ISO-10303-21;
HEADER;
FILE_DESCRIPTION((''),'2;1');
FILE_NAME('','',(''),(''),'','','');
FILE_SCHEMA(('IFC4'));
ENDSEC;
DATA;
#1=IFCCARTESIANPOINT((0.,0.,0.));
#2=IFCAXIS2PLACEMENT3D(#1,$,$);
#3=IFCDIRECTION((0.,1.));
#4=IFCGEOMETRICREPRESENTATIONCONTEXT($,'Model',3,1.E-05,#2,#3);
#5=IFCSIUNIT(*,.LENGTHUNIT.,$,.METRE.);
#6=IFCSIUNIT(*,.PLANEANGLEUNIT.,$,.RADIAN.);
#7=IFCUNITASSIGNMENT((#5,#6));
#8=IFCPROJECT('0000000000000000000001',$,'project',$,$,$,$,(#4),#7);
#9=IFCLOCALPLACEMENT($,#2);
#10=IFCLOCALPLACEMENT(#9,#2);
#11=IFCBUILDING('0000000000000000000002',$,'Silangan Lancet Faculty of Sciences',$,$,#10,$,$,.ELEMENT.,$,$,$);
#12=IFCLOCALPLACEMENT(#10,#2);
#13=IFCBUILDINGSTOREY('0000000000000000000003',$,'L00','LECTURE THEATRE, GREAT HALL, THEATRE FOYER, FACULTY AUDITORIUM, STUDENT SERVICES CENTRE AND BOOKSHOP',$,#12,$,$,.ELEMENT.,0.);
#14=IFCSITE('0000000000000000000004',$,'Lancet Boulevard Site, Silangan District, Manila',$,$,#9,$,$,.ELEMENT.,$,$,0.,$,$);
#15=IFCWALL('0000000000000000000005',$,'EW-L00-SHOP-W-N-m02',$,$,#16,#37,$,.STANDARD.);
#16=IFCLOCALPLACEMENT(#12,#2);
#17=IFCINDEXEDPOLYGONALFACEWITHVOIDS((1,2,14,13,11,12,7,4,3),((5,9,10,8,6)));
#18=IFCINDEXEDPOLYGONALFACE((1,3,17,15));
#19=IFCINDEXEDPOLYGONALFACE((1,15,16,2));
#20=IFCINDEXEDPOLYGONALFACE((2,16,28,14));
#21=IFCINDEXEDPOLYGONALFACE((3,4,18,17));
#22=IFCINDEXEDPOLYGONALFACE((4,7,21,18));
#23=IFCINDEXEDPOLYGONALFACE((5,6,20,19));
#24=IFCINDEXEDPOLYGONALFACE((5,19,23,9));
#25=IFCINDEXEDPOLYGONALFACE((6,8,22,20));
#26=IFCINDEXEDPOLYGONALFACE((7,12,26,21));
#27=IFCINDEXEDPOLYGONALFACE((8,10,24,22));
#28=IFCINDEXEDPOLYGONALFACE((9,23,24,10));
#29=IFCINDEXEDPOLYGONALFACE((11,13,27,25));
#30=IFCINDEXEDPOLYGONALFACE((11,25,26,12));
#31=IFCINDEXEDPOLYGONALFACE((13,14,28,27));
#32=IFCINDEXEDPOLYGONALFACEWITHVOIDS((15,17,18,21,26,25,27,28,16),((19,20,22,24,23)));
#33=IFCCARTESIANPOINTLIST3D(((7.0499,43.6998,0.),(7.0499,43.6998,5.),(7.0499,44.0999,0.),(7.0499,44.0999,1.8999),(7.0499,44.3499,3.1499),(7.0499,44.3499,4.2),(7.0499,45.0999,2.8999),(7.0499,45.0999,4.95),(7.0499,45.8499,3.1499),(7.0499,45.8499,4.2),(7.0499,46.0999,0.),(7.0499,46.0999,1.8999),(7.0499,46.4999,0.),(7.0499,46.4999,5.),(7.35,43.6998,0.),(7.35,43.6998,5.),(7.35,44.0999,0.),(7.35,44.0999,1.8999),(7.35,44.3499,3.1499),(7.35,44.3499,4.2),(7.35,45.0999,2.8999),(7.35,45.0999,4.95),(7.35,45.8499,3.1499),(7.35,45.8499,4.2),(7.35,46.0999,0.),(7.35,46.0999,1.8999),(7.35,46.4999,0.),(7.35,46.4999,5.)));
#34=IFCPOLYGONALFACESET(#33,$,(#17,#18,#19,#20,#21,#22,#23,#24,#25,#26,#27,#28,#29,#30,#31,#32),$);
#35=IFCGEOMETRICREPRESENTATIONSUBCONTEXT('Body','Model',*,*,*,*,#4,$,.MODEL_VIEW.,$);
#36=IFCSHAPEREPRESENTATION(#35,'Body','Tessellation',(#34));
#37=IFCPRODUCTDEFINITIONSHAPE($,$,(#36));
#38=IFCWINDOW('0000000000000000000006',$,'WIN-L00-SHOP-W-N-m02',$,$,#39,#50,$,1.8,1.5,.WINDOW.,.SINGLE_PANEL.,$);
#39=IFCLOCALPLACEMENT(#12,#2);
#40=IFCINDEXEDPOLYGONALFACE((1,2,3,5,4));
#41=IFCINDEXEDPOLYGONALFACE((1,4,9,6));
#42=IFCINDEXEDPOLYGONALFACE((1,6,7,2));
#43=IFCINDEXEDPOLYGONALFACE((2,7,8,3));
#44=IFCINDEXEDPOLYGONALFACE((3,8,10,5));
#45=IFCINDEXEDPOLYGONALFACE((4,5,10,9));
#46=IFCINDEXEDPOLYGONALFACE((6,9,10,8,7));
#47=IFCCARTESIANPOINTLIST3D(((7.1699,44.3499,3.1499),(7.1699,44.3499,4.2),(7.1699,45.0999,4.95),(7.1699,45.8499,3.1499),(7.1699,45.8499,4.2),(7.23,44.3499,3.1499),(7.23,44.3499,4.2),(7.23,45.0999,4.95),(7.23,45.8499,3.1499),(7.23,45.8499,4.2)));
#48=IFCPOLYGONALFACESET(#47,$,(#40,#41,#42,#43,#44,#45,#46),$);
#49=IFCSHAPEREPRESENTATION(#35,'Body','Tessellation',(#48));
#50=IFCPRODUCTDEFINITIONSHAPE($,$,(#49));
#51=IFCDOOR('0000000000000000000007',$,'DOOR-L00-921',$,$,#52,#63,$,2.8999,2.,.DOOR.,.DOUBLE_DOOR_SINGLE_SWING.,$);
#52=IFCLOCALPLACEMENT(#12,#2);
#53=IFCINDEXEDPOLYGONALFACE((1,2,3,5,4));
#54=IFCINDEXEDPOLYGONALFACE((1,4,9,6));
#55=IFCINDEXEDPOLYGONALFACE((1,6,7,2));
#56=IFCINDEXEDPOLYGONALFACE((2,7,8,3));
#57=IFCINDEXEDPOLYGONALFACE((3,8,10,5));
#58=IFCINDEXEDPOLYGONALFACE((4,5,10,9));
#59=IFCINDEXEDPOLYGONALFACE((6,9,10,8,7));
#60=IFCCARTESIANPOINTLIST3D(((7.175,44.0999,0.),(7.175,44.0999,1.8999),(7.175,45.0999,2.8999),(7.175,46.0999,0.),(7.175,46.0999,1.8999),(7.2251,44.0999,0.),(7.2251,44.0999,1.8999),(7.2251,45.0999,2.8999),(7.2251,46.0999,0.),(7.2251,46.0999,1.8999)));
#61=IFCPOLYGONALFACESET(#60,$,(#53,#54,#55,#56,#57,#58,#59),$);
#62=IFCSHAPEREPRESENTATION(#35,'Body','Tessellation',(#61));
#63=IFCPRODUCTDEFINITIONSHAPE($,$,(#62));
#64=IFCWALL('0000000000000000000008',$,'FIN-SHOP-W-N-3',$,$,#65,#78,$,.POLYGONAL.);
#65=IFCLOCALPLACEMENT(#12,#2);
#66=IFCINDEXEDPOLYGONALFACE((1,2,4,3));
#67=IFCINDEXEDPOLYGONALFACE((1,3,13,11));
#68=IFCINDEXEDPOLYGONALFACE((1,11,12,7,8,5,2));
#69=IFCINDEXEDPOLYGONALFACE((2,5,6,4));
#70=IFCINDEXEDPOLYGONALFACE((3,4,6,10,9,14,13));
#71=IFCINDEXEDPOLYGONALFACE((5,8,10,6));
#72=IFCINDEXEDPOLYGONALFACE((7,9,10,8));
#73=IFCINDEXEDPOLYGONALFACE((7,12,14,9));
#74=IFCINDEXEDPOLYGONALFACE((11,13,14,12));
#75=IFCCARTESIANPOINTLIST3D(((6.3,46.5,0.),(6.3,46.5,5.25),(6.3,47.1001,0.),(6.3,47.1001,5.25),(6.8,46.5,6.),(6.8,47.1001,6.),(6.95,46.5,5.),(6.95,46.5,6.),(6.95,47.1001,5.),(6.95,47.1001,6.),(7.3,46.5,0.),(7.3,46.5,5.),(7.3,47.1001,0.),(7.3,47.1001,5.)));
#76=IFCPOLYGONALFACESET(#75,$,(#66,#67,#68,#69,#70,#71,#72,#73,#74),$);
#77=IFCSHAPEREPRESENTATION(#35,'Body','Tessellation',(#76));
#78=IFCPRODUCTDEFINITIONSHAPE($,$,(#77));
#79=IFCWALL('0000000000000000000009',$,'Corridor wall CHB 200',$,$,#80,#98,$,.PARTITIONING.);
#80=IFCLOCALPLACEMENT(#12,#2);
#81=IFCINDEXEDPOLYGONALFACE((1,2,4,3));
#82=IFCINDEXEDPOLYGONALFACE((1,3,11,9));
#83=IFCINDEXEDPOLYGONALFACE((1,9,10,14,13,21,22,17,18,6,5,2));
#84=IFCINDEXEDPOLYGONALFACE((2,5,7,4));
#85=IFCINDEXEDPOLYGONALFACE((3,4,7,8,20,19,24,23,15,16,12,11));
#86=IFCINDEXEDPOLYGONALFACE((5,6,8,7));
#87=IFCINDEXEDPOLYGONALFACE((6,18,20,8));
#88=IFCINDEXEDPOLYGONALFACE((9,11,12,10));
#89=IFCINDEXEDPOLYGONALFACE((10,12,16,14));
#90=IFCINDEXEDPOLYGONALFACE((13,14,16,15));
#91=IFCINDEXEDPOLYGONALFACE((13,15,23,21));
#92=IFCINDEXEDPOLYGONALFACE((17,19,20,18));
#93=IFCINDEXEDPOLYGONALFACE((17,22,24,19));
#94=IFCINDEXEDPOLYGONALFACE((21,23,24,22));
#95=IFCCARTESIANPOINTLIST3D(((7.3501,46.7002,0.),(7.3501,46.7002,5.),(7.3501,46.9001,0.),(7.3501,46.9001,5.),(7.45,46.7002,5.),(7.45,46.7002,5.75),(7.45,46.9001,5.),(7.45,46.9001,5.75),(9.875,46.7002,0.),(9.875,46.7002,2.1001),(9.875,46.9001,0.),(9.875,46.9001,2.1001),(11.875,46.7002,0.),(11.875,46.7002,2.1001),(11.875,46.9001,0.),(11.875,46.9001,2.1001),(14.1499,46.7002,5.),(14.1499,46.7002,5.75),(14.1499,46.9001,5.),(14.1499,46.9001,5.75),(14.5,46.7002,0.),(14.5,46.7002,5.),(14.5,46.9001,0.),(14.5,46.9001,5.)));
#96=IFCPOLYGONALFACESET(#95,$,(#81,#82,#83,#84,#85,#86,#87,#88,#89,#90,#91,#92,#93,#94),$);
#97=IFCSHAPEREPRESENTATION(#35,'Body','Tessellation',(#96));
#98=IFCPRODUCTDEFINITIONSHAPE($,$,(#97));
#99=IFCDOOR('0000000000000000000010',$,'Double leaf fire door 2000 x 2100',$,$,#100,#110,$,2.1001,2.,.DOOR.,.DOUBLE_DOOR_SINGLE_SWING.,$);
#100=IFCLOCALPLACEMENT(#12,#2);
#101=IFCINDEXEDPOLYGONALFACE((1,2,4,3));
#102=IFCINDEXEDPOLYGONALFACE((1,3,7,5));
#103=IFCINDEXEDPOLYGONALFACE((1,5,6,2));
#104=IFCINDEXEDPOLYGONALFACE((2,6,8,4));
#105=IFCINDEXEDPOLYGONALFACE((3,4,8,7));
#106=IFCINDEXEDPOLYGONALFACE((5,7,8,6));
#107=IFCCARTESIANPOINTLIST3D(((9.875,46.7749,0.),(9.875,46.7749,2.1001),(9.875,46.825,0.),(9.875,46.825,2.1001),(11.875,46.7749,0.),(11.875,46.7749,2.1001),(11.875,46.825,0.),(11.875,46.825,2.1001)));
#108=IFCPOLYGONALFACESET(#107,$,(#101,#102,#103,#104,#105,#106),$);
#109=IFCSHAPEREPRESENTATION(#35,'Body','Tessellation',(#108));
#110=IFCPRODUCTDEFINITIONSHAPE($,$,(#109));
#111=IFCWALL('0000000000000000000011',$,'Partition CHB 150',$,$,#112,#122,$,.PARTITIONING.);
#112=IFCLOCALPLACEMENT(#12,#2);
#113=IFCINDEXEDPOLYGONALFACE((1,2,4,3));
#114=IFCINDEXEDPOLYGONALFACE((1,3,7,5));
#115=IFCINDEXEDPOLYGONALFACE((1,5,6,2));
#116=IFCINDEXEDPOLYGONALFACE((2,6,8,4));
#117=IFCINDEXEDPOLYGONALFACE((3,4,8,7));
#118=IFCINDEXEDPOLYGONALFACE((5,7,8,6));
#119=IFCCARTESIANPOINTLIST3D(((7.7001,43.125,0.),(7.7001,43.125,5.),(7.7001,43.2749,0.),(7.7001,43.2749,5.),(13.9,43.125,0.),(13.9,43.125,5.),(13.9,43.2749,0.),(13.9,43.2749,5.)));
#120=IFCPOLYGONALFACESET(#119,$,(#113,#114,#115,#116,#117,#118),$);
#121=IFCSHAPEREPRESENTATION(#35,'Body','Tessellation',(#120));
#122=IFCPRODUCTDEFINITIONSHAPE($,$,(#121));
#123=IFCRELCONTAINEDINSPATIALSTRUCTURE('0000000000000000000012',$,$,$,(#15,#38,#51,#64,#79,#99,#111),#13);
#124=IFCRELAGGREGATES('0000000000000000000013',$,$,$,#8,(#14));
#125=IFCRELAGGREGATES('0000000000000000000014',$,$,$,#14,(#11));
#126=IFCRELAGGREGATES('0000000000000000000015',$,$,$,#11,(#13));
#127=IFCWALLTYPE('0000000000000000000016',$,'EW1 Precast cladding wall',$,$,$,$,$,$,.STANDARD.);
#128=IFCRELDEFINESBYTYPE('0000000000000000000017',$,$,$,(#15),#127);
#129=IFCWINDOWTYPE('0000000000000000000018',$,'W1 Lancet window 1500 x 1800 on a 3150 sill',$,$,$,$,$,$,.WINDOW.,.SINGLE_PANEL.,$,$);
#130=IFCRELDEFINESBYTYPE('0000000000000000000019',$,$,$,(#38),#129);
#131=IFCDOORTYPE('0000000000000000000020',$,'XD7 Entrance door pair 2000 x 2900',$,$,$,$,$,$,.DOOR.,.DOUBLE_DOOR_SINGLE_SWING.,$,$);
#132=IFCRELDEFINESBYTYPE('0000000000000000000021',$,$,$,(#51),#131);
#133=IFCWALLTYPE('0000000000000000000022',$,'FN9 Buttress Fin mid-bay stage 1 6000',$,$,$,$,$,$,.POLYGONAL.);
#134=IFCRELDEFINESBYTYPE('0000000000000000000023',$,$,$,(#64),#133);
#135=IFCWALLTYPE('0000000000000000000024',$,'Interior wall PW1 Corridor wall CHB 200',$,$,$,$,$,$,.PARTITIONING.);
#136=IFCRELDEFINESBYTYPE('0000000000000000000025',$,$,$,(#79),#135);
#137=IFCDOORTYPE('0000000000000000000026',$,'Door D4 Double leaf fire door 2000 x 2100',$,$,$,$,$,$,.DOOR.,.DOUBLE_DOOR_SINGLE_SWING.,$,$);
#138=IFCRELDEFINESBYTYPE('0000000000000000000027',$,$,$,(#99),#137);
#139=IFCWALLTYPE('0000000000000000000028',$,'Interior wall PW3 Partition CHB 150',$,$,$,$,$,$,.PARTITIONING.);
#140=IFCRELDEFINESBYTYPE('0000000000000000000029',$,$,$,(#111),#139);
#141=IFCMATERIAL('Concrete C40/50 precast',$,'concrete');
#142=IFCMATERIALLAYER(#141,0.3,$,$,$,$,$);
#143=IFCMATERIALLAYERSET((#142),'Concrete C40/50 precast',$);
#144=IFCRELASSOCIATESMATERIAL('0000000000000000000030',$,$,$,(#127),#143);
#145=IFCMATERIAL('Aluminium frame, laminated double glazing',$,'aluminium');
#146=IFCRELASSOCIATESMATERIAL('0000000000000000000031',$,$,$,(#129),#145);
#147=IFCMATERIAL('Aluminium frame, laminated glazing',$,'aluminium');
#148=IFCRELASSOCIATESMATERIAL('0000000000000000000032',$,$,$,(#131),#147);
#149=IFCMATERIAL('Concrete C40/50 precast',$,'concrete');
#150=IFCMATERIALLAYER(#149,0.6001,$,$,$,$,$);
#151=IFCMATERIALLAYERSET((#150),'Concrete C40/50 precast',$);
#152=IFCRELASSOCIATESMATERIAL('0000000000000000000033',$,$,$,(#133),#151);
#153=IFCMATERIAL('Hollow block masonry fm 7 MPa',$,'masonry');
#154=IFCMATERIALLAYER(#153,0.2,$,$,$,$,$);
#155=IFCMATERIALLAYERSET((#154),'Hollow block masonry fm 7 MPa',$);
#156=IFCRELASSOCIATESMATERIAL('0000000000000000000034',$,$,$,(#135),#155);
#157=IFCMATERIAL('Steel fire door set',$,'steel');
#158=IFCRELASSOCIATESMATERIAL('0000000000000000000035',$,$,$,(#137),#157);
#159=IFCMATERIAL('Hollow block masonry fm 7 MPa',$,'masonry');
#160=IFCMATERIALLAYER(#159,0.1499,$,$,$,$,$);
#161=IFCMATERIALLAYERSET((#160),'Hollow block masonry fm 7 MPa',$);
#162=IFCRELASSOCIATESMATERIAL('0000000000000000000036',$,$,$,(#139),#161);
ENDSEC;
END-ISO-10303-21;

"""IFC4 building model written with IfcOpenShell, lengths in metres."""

from ifc_helpers import new_model, si_unit, direction, frame, frame_2d, origin, place, context, subcontext, project, spatial, polyline, rectangle, outline, extrude, material, layer, layer_set, type_object, element, fill, save


model = new_model("IFC4")

# Units and contexts
model_context = context("Model", 3, precision=1e-05, world=origin(), true_north=direction((0.0, 1.0)))
body_context = subcontext(model_context, "Body", "Model", "MODEL_VIEW")
ifc_project = project(units=[si_unit("LENGTHUNIT", "METRE"), si_unit("PLANEANGLEUNIT", "RADIAN")], contexts=[model_context])

# Site, building, storey
site_placement = place(None, origin())
site = spatial("IfcSite", under=ifc_project, at=site_placement, Name="Lancet Boulevard Site, Silangan District, Manila", CompositionType="ELEMENT", RefElevation=0.0)
building_placement = place(site_placement, origin())
building = spatial("IfcBuilding", under=site, at=building_placement, Name="Silangan Lancet Faculty of Sciences", CompositionType="ELEMENT")
storey_placement = place(building_placement, origin())
storey = spatial("IfcBuildingStorey", under=building, at=storey_placement, Name="L00", Description="LECTURE THEATRE, GREAT HALL, THEATRE FOYER, FACULTY AUDITORIUM, STUDENT SERVICES CENTRE AND BOOKSHOP", CompositionType="ELEMENT", Elevation=0.0)

# Wall, openings, window, door
ifc_material_1 = material(Name="Concrete C40/50 precast", Category="concrete")
ifc_layer_1 = layer(ifc_material_1, 0.3)
ifc_layer_set_1 = layer_set([ifc_layer_1], Name="Concrete C40/50 precast")
wall_type_1 = type_object("IfcWallType", Name="EW1 Precast cladding wall", PredefinedType="STANDARD", material=ifc_layer_set_1)
wall_1_placement = place(storey_placement, frame((7.2, 43.7, 0.0), z_axis=(0.0, 0.0, 1.0), x_axis=(0.0, 1.0, 0.0)))
wall_1 = element("IfcWall", 1, at=wall_1_placement, inside=storey, type_object=wall_type_1, Name="EW-L00-SHOP-W-N-m02", PredefinedType="STANDARD", context=body_context, shape_type="SweptSolid", body=[
    extrude(rectangle(XDim=2.8, YDim=0.3, at=frame_2d((1.3999, 0.0))), origin(), (0.0, 0.0, 1.0), 5.0),
])
opening_1_placement = place(wall_1_placement, frame((0.3999, 0.0, 0.0)))
opening_1 = element("IfcOpeningElement", 2, at=opening_1_placement, cuts=wall_1, PredefinedType="OPENING", context=body_context, shape_type="SweptSolid", body=[
    extrude(outline(polyline([(0.0, 0.0), (2.0, 0.0), (2.0, 1.8999), (1.0, 2.8999), (0.0, 1.8999), (0.0, 0.0)])), frame((0.0, 0.1599, 0.0), z_axis=(0.0, -1.0, 0.0), x_axis=(1.0, 0.0, 0.0)), (0.0, 0.0, 1.0), 0.3201),
])
opening_2_placement = place(wall_1_placement, frame((0.6499, 0.0, 3.1499)))
opening_2 = element("IfcOpeningElement", 3, at=opening_2_placement, cuts=wall_1, PredefinedType="OPENING", context=body_context, shape_type="SweptSolid", body=[
    extrude(outline(polyline([(0.0, 0.0), (1.5, 0.0), (1.5, 1.05), (0.75, 1.8), (0.0, 1.05), (0.0, 0.0)])), frame((0.0, 0.1599, 0.0), z_axis=(0.0, -1.0, 0.0), x_axis=(1.0, 0.0, 0.0)), (0.0, 0.0, 1.0), 0.3201),
])
ifc_material_2 = material(Name="Aluminium frame, laminated double glazing", Category="aluminium")
window_type = type_object("IfcWindowType", Name="W1 Lancet window 1500 x 1800 on a 3150 sill", PartitioningType="SINGLE_PANEL", PredefinedType="WINDOW", material=ifc_material_2)
window_placement = place(opening_2_placement, origin())
window = element("IfcWindow", 4, at=window_placement, inside=storey, type_object=window_type, Name="WIN-L00-SHOP-W-N-m02", OverallHeight=1.8, OverallWidth=1.5, PartitioningType="SINGLE_PANEL", PredefinedType="WINDOW", context=body_context, shape_type="SweptSolid", body=[
    extrude(outline(polyline([(0.0, 0.0), (1.5, 0.0), (1.5, 1.05), (0.75, 1.8), (0.0, 1.05), (0.0, 0.0)])), frame((0.0, 0.03, 0.0), z_axis=(0.0, -1.0, 0.0), x_axis=(1.0, 0.0, 0.0)), (0.0, 0.0, 1.0), 0.0601),
])
fill(opening_2, window)
ifc_material_3 = material(Name="Aluminium frame, laminated glazing", Category="aluminium")
door_type_1 = type_object("IfcDoorType", Name="XD7 Entrance door pair 2000 x 2900", OperationType="DOUBLE_DOOR_SINGLE_SWING", PredefinedType="DOOR", material=ifc_material_3)
door_1_placement = place(opening_1_placement, origin())
door_1 = element("IfcDoor", 5, at=door_1_placement, inside=storey, type_object=door_type_1, Name="DOOR-L00-921", OperationType="DOUBLE_DOOR_SINGLE_SWING", OverallHeight=2.8999, OverallWidth=2.0, PredefinedType="DOOR", context=body_context, shape_type="SweptSolid", body=[
    extrude(outline(polyline([(0.0, 0.0), (2.0, 0.0), (2.0, 1.8999), (1.0, 2.8999), (0.0, 1.8999), (0.0, 0.0)])), frame((0.0, 0.0249, 0.0), z_axis=(0.0, -1.0, 0.0), x_axis=(1.0, 0.0, 0.0)), (0.0, 0.0, 1.0), 0.05),
])
fill(opening_1, door_1)

# Wall
ifc_material_4 = material(Name="Concrete C40/50 precast", Category="concrete")
ifc_layer_2 = layer(ifc_material_4, 0.6001)
ifc_layer_set_2 = layer_set([ifc_layer_2], Name="Concrete C40/50 precast")
wall_type_2 = type_object("IfcWallType", Name="FN9 Buttress Fin mid-bay stage 1 6000", PredefinedType="POLYGONAL", material=ifc_layer_set_2)
wall_2_placement = place(storey_placement, frame((7.3, 46.8, 0.0), z_axis=(0.0, 0.0, 1.0), x_axis=(-1.0, 0.0, 0.0)))
element("IfcWall", 6, at=wall_2_placement, inside=storey, type_object=wall_type_2, Name="FIN-SHOP-W-N-3", PredefinedType="POLYGONAL", context=body_context, shape_type="SweptSolid", body=[
    extrude(outline(polyline([(1.0, 0.0), (1.0, 5.25), (0.5, 6.0), (0.3501, 6.0), (0.3501, 5.0), (0.0, 5.0), (0.0, 0.0), (1.0, 0.0)])), frame((0.0, 0.3, 0.0), z_axis=(0.0, -1.0, 0.0), x_axis=(1.0, 0.0, 0.0)), (0.0, 0.0, 1.0), 0.6001),
])

# Wall, opening, door
ifc_material_5 = material(Name="Hollow block masonry fm 7 MPa", Category="masonry")
ifc_layer_3 = layer(ifc_material_5, 0.2)
ifc_layer_set_3 = layer_set([ifc_layer_3], Name="Hollow block masonry fm 7 MPa")
wall_type_3 = type_object("IfcWallType", Name="Interior wall PW1 Corridor wall CHB 200", PredefinedType="PARTITIONING", material=ifc_layer_set_3)
wall_3_placement = place(storey_placement, frame((7.3501, 46.8, 0.0), z_axis=(0.0, 0.0, 1.0), x_axis=(1.0, 0.0, 0.0)))
wall_3 = element("IfcWall", 7, at=wall_3_placement, inside=storey, type_object=wall_type_3, Name="Corridor wall CHB 200", PredefinedType="PARTITIONING", context=body_context, shape_type="SweptSolid", body=[
    extrude(outline(polyline([(0.0, 0.0), (7.1499, 0.0), (7.1499, 5.0), (6.7998, 5.0), (6.7998, 5.75), (0.0999, 5.75), (0.0999, 5.0), (0.0, 5.0), (0.0, 0.0)])), frame((0.0, 0.1001, 0.0), z_axis=(0.0, -1.0, 0.0), x_axis=(1.0, 0.0, 0.0)), (0.0, 0.0, 1.0), 0.2),
])
opening_3_placement = place(wall_3_placement, frame((2.5249, 0.0, 0.0)))
opening_3 = element("IfcOpeningElement", 8, at=opening_3_placement, cuts=wall_3, PredefinedType="OPENING", context=body_context, shape_type="SweptSolid", body=[
    extrude(rectangle(XDim=2.0, YDim=2.1001, at=frame_2d((1.0, 1.05))), frame((0.0, 0.1099, 0.0), z_axis=(0.0, -1.0, 0.0), x_axis=(1.0, 0.0, 0.0)), (0.0, 0.0, 1.0), 0.22),
])
ifc_material_6 = material(Name="Steel fire door set", Category="steel")
door_type_2 = type_object("IfcDoorType", Name="Door D4 Double leaf fire door 2000 x 2100", OperationType="DOUBLE_DOOR_SINGLE_SWING", PredefinedType="DOOR", material=ifc_material_6)
door_2_placement = place(opening_3_placement, origin())
door_2 = element("IfcDoor", 9, at=door_2_placement, inside=storey, type_object=door_type_2, Name="Double leaf fire door 2000 x 2100", OperationType="DOUBLE_DOOR_SINGLE_SWING", OverallHeight=2.1001, OverallWidth=2.0, PredefinedType="DOOR", context=body_context, shape_type="SweptSolid", body=[
    extrude(rectangle(XDim=2.0, YDim=2.1001, at=frame_2d((1.0, 1.05))), frame((0.0, 0.0249, 0.0), z_axis=(0.0, -1.0, 0.0), x_axis=(1.0, 0.0, 0.0)), (0.0, 0.0, 1.0), 0.05),
])
fill(opening_3, door_2)

# Wall
ifc_material_7 = material(Name="Hollow block masonry fm 7 MPa", Category="masonry")
ifc_layer_4 = layer(ifc_material_7, 0.1499)
ifc_layer_set_4 = layer_set([ifc_layer_4], Name="Hollow block masonry fm 7 MPa")
wall_type_4 = type_object("IfcWallType", Name="Interior wall PW3 Partition CHB 150", PredefinedType="PARTITIONING", material=ifc_layer_set_4)
wall_4_placement = place(storey_placement, frame((7.7, 43.2, 0.0), z_axis=(0.0, 0.0, 1.0), x_axis=(1.0, 0.0, 0.0)))
element("IfcWall", 10, at=wall_4_placement, inside=storey, type_object=wall_type_4, Name="Partition CHB 150", PredefinedType="PARTITIONING", context=body_context, shape_type="SweptSolid", body=[
    extrude(rectangle(XDim=6.2, YDim=0.1499, at=frame_2d((3.1001, 0.0))), origin(), (0.0, 0.0, 1.0), 5.0),
])

save(model, "model.ifc")
